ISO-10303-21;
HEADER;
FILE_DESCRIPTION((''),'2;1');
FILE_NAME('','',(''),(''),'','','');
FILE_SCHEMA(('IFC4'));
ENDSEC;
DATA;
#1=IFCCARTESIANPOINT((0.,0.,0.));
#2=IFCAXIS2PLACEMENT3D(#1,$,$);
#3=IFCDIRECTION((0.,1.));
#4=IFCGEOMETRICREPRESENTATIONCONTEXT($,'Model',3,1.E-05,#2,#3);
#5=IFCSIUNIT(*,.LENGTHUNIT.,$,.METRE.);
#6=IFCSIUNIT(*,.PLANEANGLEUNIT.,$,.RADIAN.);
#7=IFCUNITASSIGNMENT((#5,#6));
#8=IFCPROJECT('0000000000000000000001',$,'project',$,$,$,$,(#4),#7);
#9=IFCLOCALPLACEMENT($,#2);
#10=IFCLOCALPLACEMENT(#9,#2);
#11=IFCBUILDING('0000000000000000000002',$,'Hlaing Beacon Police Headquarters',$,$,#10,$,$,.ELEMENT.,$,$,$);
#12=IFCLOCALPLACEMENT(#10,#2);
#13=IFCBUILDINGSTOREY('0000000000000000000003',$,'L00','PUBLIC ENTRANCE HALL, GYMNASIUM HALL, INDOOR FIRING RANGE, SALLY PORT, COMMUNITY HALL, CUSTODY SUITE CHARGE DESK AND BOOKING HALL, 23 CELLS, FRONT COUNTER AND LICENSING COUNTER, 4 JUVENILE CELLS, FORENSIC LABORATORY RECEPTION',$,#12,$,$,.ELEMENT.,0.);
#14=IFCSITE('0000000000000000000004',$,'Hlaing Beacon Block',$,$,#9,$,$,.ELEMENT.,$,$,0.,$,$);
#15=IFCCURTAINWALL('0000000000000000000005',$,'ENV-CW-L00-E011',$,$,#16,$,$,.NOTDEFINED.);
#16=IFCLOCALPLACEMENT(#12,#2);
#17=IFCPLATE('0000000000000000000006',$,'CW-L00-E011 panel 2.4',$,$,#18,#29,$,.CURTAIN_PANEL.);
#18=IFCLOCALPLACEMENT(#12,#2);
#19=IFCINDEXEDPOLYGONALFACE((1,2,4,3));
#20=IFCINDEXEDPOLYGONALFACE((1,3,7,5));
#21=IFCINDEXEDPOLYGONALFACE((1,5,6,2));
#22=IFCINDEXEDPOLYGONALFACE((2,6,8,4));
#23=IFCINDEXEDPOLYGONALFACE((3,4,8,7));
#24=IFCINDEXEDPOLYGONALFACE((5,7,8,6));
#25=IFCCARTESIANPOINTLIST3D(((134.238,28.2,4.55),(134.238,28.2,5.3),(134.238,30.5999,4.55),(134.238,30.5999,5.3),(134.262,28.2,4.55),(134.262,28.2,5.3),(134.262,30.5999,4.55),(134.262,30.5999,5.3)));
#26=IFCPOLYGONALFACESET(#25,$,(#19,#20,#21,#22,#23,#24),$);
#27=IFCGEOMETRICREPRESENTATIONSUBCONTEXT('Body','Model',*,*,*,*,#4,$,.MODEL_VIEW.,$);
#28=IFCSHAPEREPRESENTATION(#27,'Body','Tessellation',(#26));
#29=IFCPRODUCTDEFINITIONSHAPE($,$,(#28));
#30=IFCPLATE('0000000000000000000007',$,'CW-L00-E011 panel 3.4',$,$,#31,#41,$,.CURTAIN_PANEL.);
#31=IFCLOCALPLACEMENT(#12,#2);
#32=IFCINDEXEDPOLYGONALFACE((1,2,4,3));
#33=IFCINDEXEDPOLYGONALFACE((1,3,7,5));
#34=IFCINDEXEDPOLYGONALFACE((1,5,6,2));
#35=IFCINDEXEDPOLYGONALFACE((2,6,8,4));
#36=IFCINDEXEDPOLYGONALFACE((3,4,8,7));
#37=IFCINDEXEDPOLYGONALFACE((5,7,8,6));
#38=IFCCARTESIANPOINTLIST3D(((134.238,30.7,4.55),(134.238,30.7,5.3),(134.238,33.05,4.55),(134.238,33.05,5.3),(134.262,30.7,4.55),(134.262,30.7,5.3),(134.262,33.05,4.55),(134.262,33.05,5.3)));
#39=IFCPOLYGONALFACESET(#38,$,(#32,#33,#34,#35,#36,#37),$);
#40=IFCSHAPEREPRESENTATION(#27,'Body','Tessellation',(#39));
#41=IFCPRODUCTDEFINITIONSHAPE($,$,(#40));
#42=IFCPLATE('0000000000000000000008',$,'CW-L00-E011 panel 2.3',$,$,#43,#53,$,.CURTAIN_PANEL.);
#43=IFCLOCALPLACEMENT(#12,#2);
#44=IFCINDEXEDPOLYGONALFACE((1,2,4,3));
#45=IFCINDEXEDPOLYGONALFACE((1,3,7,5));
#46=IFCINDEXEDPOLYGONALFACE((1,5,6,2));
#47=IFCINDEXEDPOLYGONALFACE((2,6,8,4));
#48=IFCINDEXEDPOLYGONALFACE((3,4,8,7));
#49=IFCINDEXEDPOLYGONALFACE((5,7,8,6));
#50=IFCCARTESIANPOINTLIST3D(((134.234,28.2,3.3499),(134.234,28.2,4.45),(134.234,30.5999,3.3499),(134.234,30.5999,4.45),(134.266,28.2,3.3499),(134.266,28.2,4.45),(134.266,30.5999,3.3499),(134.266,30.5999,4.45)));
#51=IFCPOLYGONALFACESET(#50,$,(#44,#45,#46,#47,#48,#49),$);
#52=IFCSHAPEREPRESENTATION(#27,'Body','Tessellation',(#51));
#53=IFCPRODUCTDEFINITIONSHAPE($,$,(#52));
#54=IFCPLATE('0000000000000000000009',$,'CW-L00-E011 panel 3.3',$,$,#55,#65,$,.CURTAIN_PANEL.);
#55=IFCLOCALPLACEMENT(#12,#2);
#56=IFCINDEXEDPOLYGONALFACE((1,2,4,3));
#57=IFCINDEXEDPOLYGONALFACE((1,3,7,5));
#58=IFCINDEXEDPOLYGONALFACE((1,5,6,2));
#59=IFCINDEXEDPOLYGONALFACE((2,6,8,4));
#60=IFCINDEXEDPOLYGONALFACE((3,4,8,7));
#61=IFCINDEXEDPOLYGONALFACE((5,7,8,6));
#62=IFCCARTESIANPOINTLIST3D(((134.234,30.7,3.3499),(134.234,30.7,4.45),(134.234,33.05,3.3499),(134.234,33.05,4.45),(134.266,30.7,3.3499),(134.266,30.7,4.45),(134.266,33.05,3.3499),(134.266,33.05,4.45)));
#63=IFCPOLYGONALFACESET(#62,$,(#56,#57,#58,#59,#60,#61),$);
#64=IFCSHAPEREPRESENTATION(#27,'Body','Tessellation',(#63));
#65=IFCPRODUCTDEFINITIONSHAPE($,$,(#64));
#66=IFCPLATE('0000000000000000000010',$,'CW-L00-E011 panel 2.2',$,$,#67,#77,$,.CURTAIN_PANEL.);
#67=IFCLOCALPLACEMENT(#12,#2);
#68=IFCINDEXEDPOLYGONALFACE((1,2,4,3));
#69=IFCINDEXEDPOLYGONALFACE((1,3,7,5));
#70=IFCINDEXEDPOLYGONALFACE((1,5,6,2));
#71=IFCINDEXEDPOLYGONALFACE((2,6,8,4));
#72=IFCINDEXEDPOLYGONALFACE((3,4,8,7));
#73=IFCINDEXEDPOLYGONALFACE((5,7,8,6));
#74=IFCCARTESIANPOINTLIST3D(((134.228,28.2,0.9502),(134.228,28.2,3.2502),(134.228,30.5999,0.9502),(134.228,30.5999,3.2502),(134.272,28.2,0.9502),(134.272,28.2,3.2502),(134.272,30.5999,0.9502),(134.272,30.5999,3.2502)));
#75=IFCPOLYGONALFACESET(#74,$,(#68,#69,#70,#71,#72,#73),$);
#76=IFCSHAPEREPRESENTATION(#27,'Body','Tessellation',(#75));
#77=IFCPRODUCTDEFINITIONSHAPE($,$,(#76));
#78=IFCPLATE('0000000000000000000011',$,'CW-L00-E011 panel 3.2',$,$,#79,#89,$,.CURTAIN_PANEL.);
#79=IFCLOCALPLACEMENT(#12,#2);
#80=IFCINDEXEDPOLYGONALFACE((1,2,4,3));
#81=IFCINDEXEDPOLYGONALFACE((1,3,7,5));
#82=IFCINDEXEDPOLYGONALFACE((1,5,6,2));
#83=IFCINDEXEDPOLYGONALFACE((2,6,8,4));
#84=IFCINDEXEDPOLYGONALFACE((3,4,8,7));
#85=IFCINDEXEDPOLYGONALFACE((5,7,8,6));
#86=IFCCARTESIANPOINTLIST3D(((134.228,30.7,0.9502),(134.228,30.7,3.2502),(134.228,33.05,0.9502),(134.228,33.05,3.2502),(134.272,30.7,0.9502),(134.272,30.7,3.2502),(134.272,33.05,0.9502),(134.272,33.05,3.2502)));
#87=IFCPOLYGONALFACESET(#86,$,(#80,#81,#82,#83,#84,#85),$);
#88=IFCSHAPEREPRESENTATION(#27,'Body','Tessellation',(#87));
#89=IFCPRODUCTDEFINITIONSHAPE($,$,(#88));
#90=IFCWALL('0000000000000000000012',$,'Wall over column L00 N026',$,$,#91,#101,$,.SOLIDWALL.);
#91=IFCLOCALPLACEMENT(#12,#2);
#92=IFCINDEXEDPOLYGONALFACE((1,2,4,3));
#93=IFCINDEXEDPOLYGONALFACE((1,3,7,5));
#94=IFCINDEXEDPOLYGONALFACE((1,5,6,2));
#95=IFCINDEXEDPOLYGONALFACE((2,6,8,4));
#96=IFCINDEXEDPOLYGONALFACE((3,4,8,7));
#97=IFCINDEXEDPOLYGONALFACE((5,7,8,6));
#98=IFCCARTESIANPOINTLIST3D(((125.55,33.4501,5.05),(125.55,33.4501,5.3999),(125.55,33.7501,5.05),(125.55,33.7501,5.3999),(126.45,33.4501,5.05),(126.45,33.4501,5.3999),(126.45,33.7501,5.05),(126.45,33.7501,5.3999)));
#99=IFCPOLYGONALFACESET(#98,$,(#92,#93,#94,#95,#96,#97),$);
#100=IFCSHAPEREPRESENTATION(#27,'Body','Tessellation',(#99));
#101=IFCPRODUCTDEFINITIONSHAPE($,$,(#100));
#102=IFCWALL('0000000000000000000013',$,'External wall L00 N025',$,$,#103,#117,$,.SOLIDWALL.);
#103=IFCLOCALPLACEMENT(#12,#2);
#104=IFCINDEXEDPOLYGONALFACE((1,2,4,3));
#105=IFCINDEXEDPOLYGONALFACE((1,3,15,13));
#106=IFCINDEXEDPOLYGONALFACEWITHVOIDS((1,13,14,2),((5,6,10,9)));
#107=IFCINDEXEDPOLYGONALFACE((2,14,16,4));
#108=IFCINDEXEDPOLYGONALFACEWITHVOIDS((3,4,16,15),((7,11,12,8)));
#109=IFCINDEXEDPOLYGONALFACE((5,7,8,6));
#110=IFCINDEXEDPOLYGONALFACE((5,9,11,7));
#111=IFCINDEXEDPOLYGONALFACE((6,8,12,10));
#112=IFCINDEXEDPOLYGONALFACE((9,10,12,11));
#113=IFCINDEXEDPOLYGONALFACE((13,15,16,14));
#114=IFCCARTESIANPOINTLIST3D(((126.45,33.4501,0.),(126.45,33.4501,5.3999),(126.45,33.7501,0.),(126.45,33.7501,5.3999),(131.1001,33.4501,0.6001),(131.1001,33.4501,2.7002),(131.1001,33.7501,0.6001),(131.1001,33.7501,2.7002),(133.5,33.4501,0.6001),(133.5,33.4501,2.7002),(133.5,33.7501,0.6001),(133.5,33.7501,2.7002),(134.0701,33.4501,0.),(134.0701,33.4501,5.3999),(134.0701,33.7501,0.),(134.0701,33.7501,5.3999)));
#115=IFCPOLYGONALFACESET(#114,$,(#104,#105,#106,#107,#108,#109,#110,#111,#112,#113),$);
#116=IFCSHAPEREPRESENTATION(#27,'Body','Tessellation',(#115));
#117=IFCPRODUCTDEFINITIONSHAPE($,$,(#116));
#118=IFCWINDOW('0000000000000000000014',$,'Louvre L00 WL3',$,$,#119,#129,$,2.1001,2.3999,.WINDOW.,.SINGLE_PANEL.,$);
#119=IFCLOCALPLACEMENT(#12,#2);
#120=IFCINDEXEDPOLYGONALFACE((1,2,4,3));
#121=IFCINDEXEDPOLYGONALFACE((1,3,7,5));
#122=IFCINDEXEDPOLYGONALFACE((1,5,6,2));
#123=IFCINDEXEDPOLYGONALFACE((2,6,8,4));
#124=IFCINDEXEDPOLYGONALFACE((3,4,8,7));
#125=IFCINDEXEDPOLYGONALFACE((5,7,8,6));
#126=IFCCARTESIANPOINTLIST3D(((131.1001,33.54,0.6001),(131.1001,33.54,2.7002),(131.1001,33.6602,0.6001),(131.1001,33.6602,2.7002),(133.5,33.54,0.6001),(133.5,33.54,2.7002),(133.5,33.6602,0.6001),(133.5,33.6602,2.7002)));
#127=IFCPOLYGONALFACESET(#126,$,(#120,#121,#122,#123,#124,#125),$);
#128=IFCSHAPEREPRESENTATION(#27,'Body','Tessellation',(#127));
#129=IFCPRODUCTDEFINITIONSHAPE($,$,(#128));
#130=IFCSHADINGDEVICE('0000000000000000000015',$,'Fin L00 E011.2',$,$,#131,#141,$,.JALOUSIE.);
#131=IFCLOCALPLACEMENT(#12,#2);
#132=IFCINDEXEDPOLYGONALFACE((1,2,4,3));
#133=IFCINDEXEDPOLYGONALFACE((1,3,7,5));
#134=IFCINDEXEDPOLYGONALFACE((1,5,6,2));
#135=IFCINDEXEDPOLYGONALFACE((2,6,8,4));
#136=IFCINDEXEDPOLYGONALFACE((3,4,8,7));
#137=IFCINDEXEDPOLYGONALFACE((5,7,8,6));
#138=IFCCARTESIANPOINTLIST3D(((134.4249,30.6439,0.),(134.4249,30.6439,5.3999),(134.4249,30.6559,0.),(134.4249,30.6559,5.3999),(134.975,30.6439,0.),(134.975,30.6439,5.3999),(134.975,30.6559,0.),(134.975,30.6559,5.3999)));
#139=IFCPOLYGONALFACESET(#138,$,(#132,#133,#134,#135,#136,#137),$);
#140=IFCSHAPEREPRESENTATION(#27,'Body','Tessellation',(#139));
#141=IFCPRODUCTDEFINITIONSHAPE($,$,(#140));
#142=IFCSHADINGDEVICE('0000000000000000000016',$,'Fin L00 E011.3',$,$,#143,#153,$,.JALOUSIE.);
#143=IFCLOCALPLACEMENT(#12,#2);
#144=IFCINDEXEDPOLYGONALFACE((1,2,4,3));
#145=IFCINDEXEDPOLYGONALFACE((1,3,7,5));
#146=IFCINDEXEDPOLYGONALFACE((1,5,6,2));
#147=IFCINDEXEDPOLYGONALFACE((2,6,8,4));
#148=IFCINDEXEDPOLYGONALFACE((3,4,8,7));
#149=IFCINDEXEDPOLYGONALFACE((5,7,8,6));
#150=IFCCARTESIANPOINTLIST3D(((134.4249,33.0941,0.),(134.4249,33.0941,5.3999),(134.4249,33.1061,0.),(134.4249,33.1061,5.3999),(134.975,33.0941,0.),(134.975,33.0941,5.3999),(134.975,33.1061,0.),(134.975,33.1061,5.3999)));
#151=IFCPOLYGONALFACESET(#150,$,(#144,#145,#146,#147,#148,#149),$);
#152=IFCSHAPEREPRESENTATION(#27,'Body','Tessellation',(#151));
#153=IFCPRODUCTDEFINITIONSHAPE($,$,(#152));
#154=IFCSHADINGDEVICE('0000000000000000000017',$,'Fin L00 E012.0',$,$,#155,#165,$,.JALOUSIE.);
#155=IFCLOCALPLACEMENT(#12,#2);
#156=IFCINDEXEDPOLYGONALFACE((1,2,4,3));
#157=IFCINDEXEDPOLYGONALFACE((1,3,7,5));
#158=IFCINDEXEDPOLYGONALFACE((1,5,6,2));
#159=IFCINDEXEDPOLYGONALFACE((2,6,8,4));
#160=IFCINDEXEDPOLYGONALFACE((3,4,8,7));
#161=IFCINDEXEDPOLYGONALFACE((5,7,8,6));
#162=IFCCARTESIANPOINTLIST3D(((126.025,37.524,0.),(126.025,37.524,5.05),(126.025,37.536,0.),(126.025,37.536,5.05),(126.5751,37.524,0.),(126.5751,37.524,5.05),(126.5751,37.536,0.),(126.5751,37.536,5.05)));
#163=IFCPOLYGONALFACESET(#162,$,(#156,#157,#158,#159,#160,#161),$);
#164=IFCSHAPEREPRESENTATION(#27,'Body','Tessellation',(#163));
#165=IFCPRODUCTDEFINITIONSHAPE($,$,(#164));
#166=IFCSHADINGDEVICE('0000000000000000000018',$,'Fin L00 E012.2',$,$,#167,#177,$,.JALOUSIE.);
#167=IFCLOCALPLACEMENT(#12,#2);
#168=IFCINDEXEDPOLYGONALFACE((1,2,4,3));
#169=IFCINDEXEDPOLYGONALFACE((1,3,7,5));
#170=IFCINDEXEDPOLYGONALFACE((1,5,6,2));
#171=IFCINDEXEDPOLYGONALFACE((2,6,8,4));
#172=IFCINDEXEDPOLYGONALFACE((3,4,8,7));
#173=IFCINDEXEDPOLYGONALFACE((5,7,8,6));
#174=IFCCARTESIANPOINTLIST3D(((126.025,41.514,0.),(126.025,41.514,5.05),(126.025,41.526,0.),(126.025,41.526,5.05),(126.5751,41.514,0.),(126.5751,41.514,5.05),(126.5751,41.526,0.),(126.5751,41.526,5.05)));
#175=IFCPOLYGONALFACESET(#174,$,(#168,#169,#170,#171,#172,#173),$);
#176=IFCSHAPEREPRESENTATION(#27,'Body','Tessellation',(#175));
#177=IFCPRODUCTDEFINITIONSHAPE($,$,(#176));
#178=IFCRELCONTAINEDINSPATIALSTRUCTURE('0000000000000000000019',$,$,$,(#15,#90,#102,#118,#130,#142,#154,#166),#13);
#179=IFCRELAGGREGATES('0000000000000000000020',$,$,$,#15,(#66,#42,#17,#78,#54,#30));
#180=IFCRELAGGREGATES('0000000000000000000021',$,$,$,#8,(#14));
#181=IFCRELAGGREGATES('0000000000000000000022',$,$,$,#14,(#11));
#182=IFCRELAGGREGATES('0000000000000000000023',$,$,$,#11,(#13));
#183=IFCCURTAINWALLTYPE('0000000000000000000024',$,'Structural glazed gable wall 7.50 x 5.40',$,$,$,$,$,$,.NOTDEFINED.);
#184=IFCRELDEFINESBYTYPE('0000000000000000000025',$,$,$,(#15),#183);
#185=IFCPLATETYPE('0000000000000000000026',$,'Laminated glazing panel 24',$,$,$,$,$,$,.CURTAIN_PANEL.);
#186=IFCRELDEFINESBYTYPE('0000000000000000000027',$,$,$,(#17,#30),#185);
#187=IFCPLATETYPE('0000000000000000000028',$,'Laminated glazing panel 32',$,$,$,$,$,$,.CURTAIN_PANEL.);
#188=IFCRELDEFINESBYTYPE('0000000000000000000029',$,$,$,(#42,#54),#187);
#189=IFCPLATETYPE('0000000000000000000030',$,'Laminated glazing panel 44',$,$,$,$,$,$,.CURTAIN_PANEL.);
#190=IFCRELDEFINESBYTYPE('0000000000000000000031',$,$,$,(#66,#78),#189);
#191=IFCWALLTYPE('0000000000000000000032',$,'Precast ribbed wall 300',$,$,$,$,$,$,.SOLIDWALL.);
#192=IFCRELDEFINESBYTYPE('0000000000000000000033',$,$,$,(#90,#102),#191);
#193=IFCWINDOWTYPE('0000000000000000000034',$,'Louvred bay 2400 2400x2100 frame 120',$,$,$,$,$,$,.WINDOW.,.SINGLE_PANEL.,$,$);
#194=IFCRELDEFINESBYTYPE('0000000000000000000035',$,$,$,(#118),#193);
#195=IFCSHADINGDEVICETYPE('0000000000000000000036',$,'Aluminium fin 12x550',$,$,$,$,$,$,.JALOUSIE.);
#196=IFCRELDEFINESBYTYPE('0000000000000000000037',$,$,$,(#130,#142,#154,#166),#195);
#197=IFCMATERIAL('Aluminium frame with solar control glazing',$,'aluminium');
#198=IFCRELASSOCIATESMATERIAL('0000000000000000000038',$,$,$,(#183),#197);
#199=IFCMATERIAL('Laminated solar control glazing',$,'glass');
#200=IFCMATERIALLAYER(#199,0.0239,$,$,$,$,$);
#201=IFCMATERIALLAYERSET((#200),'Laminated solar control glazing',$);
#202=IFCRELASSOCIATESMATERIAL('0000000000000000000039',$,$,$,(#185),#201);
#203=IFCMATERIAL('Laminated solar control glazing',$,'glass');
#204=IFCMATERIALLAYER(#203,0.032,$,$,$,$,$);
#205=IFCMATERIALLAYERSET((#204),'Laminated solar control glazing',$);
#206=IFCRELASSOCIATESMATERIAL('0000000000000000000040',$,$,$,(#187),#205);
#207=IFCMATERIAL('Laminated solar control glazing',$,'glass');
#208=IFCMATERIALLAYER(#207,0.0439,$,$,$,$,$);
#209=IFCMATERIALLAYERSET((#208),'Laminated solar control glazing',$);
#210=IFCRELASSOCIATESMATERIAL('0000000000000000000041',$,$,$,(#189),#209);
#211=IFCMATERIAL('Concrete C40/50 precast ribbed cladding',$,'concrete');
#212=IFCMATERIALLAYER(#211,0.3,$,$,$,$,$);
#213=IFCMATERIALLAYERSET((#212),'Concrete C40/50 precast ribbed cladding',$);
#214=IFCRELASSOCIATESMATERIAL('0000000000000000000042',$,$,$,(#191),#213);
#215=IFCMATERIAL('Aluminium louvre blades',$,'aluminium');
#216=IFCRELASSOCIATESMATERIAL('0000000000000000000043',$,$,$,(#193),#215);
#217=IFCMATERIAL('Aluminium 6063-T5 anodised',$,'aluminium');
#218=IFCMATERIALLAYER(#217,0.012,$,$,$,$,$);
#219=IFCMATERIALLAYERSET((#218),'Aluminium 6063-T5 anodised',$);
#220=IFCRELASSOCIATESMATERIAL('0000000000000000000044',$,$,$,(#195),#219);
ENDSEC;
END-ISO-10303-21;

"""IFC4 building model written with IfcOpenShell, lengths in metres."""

from ifc_helpers import new_model, si_unit, direction, frame, frame_2d, origin, origin_2d, place, context, subcontext, project, spatial, rectangle, extrude, material, layer, layer_set, type_object, element, fill, aggregate, save


model = new_model("IFC4")

# Units and contexts
model_context = context("Model", 3, precision=1e-05, world=origin(), true_north=direction((0.0, 1.0)))
body_context = subcontext(model_context, "Body", "Model", "MODEL_VIEW")
ifc_project = project(units=[si_unit("LENGTHUNIT", "METRE"), si_unit("PLANEANGLEUNIT", "RADIAN")], contexts=[model_context])

# Site, building, storey
site_placement = place(None, origin())
site = spatial("IfcSite", under=ifc_project, at=site_placement, Name="Hlaing Beacon Block", CompositionType="ELEMENT", RefElevation=0.0)
building_placement = place(site_placement, origin())
building = spatial("IfcBuilding", under=site, at=building_placement, Name="Hlaing Beacon Police Headquarters", CompositionType="ELEMENT")
storey_placement = place(building_placement, origin())
storey = spatial("IfcBuildingStorey", under=building, at=storey_placement, Name="L00", Description="PUBLIC ENTRANCE HALL, GYMNASIUM HALL, INDOOR FIRING RANGE, SALLY PORT, COMMUNITY HALL, CUSTODY SUITE CHARGE DESK AND BOOKING HALL, 23 CELLS, FRONT COUNTER AND LICENSING COUNTER, 4 JUVENILE CELLS, FORENSIC LABORATORY RECEPTION", CompositionType="ELEMENT", Elevation=0.0)

# Curtain wall, plates
ifc_material_1 = material(Name="Aluminium frame with solar control glazing", Category="aluminium")
curtain_wall_type = type_object("IfcCurtainWallType", Name="Structural glazed gable wall 7.50 x 5.40", PredefinedType="NOTDEFINED", material=ifc_material_1)
curtain_wall_placement = place(storey_placement, origin())
curtain_wall = element("IfcCurtainWall", 1, at=curtain_wall_placement, inside=storey, type_object=curtain_wall_type, Name="ENV-CW-L00-E011", PredefinedType="NOTDEFINED")
ifc_material_2 = material(Name="Laminated solar control glazing", Category="glass")
ifc_layer_1 = layer(ifc_material_2, 0.0239)
ifc_layer_set_1 = layer_set([ifc_layer_1], Name="Laminated solar control glazing")
plate_type_1 = type_object("IfcPlateType", Name="Laminated glazing panel 24", PredefinedType="CURTAIN_PANEL", material=ifc_layer_set_1)
plate_1_placement = place(storey_placement, frame((134.25, 29.3999, 4.55), z_axis=(0.0, 0.0, 1.0), x_axis=(0.0, 1.0, 0.0)))
plate_1 = element("IfcPlate", 2, at=plate_1_placement, type_object=plate_type_1, Name="CW-L00-E011 panel 2.4", PredefinedType="CURTAIN_PANEL", context=body_context, shape_type="SweptSolid", body=[
    extrude(rectangle(XDim=2.3999, YDim=0.0239, at=origin_2d()), origin(), (0.0, 0.0, 1.0), 0.75),
])
plate_2_placement = place(storey_placement, frame((134.25, 31.875, 4.55), z_axis=(0.0, 0.0, 1.0), x_axis=(0.0, 1.0, 0.0)))
plate_2 = element("IfcPlate", 3, at=plate_2_placement, type_object=plate_type_1, Name="CW-L00-E011 panel 3.4", PredefinedType="CURTAIN_PANEL", context=body_context, shape_type="SweptSolid", body=[
    extrude(rectangle(XDim=2.3501, YDim=0.0239, at=origin_2d()), origin(), (0.0, 0.0, 1.0), 0.75),
])
ifc_material_3 = material(Name="Laminated solar control glazing", Category="glass")
ifc_layer_2 = layer(ifc_material_3, 0.032)
ifc_layer_set_2 = layer_set([ifc_layer_2], Name="Laminated solar control glazing")
plate_type_2 = type_object("IfcPlateType", Name="Laminated glazing panel 32", PredefinedType="CURTAIN_PANEL", material=ifc_layer_set_2)
plate_3_placement = place(storey_placement, frame((134.25, 29.3999, 3.3499), z_axis=(0.0, 0.0, 1.0), x_axis=(0.0, 1.0, 0.0)))
plate_3 = element("IfcPlate", 4, at=plate_3_placement, type_object=plate_type_2, Name="CW-L00-E011 panel 2.3", PredefinedType="CURTAIN_PANEL", context=body_context, shape_type="SweptSolid", body=[
    extrude(rectangle(XDim=2.3999, YDim=0.032, at=origin_2d()), origin(), (0.0, 0.0, 1.0), 1.1001),
])
plate_4_placement = place(storey_placement, frame((134.25, 31.875, 3.3499), z_axis=(0.0, 0.0, 1.0), x_axis=(0.0, 1.0, 0.0)))
plate_4 = element("IfcPlate", 5, at=plate_4_placement, type_object=plate_type_2, Name="CW-L00-E011 panel 3.3", PredefinedType="CURTAIN_PANEL", context=body_context, shape_type="SweptSolid", body=[
    extrude(rectangle(XDim=2.3501, YDim=0.032, at=origin_2d()), origin(), (0.0, 0.0, 1.0), 1.1001),
])
ifc_material_4 = material(Name="Laminated solar control glazing", Category="glass")
ifc_layer_3 = layer(ifc_material_4, 0.0439)
ifc_layer_set_3 = layer_set([ifc_layer_3], Name="Laminated solar control glazing")
plate_type_3 = type_object("IfcPlateType", Name="Laminated glazing panel 44", PredefinedType="CURTAIN_PANEL", material=ifc_layer_set_3)
plate_5_placement = place(storey_placement, frame((134.25, 29.3999, 0.9502), z_axis=(0.0, 0.0, 1.0), x_axis=(0.0, 1.0, 0.0)))
plate_5 = element("IfcPlate", 6, at=plate_5_placement, type_object=plate_type_3, Name="CW-L00-E011 panel 2.2", PredefinedType="CURTAIN_PANEL", context=body_context, shape_type="SweptSolid", body=[
    extrude(rectangle(XDim=2.3999, YDim=0.0439, at=origin_2d()), origin(), (0.0, 0.0, 1.0), 2.3),
])
plate_6_placement = place(storey_placement, frame((134.25, 31.875, 0.9502), z_axis=(0.0, 0.0, 1.0), x_axis=(0.0, 1.0, 0.0)))
plate_6 = element("IfcPlate", 7, at=plate_6_placement, type_object=plate_type_3, Name="CW-L00-E011 panel 3.2", PredefinedType="CURTAIN_PANEL", context=body_context, shape_type="SweptSolid", body=[
    extrude(rectangle(XDim=2.3501, YDim=0.0439, at=origin_2d()), origin(), (0.0, 0.0, 1.0), 2.3),
])
aggregate(curtain_wall, [plate_5, plate_3, plate_1, plate_6, plate_4, plate_2])

# Wall
ifc_material_5 = material(Name="Concrete C40/50 precast ribbed cladding", Category="concrete")
ifc_layer_4 = layer(ifc_material_5, 0.3)
ifc_layer_set_4 = layer_set([ifc_layer_4], Name="Concrete C40/50 precast ribbed cladding")
wall_type_1 = type_object("IfcWallType", Name="Precast ribbed wall 300", PredefinedType="SOLIDWALL", material=ifc_layer_set_4)
wall_1_placement = place(storey_placement, frame((126.45, 33.6001, 5.05), z_axis=(0.0, 0.0, 1.0), x_axis=(-1.0, 0.0, 0.0)))
element("IfcWall", 8, at=wall_1_placement, inside=storey, type_object=wall_type_1, Name="Wall over column L00 N026", PredefinedType="SOLIDWALL", context=body_context, shape_type="SweptSolid", body=[
    extrude(rectangle(XDim=0.8999, YDim=0.3, at=frame_2d((0.45, 0.0))), origin(), (0.0, 0.0, 1.0), 0.3499),
])

# Wall, opening, window
wall_2_placement = place(storey_placement, frame((134.0701, 33.6001, 0.0), z_axis=(0.0, 0.0, 1.0), x_axis=(-1.0, 0.0, 0.0)))
wall_2 = element("IfcWall", 9, at=wall_2_placement, inside=storey, type_object=wall_type_1, Name="External wall L00 N025", PredefinedType="SOLIDWALL", context=body_context, shape_type="SweptSolid", body=[
    extrude(rectangle(XDim=7.6201, YDim=0.3, at=frame_2d((3.8101, 0.0))), origin(), (0.0, 0.0, 1.0), 5.3999),
])
opening_1_placement = place(wall_2_placement, frame((0.5701, 0.0, 0.6001)))
opening_1 = element("IfcOpeningElement", 10, at=opening_1_placement, cuts=wall_2, PredefinedType="OPENING", context=body_context, shape_type="SweptSolid", body=[
    extrude(rectangle(XDim=2.3999, YDim=2.1001, at=frame_2d((1.2, 1.05))), frame((0.0, 0.1602, 0.0), z_axis=(0.0, -1.0, 0.0), x_axis=(1.0, 0.0, 0.0)), (0.0, 0.0, 1.0), 0.3201),
])
ifc_material_6 = material(Name="Aluminium louvre blades", Category="aluminium")
window_type = type_object("IfcWindowType", Name="Louvred bay 2400 2400x2100 frame 120", PartitioningType="SINGLE_PANEL", PredefinedType="WINDOW", material=ifc_material_6)
window_placement = place(opening_1_placement, origin())
window = element("IfcWindow", 11, at=window_placement, inside=storey, type_object=window_type, Name="Louvre L00 WL3", OverallHeight=2.1001, OverallWidth=2.3999, PartitioningType="SINGLE_PANEL", PredefinedType="WINDOW", context=body_context, shape_type="SweptSolid", body=[
    extrude(rectangle(XDim=2.3999, YDim=2.1001, at=frame_2d((1.2, 1.05))), frame((0.0, 0.0601, 0.0), z_axis=(0.0, -1.0, 0.0), x_axis=(1.0, 0.0, 0.0)), (0.0, 0.0, 1.0), 0.1201),
])
fill(opening_1, window)

# Shading devices
ifc_material_7 = material(Name="Aluminium 6063-T5 anodised", Category="aluminium")
ifc_layer_5 = layer(ifc_material_7, 0.012)
ifc_layer_set_5 = layer_set([ifc_layer_5], Name="Aluminium 6063-T5 anodised")
shading_device_type = type_object("IfcShadingDeviceType", Name="Aluminium fin 12x550", PredefinedType="JALOUSIE", material=ifc_layer_set_5)
for number, where, z_axis, x_axis, name in (
    (12, (134.7, 30.6499, 0.0), (0.0, 0.0, 1.0), (0.0, 1.0, 0.0), "Fin L00 E011.2"),
    (13, (134.7, 33.1001, 0.0), (0.0, 0.0, 1.0), (0.0, 1.0, 0.0), "Fin L00 E011.3"),
):
    element("IfcShadingDevice", number, at=place(storey_placement, frame(where, z_axis=z_axis, x_axis=x_axis)), inside=storey, type_object=shading_device_type, Name=name, PredefinedType="JALOUSIE", context=body_context, shape_type="SweptSolid", body=[
        extrude(rectangle(XDim=0.012, YDim=0.55, at=origin_2d()), origin(), (0.0, 0.0, 1.0), 5.3999),
    ])
for number, where, z_axis, x_axis, name in (
    (14, (126.3, 37.53, 0.0), (0.0, 0.0, 1.0), (0.0, 1.0, 0.0), "Fin L00 E012.0"),
    (15, (126.3, 41.52, 0.0), (0.0, 0.0, 1.0), (0.0, 1.0, 0.0), "Fin L00 E012.2"),
):
    element("IfcShadingDevice", number, at=place(storey_placement, frame(where, z_axis=z_axis, x_axis=x_axis)), inside=storey, type_object=shading_device_type, Name=name, PredefinedType="JALOUSIE", context=body_context, shape_type="SweptSolid", body=[
        extrude(rectangle(XDim=0.012, YDim=0.55, at=origin_2d()), origin(), (0.0, 0.0, 1.0), 5.05),
    ])

save(model, "model.ifc")
